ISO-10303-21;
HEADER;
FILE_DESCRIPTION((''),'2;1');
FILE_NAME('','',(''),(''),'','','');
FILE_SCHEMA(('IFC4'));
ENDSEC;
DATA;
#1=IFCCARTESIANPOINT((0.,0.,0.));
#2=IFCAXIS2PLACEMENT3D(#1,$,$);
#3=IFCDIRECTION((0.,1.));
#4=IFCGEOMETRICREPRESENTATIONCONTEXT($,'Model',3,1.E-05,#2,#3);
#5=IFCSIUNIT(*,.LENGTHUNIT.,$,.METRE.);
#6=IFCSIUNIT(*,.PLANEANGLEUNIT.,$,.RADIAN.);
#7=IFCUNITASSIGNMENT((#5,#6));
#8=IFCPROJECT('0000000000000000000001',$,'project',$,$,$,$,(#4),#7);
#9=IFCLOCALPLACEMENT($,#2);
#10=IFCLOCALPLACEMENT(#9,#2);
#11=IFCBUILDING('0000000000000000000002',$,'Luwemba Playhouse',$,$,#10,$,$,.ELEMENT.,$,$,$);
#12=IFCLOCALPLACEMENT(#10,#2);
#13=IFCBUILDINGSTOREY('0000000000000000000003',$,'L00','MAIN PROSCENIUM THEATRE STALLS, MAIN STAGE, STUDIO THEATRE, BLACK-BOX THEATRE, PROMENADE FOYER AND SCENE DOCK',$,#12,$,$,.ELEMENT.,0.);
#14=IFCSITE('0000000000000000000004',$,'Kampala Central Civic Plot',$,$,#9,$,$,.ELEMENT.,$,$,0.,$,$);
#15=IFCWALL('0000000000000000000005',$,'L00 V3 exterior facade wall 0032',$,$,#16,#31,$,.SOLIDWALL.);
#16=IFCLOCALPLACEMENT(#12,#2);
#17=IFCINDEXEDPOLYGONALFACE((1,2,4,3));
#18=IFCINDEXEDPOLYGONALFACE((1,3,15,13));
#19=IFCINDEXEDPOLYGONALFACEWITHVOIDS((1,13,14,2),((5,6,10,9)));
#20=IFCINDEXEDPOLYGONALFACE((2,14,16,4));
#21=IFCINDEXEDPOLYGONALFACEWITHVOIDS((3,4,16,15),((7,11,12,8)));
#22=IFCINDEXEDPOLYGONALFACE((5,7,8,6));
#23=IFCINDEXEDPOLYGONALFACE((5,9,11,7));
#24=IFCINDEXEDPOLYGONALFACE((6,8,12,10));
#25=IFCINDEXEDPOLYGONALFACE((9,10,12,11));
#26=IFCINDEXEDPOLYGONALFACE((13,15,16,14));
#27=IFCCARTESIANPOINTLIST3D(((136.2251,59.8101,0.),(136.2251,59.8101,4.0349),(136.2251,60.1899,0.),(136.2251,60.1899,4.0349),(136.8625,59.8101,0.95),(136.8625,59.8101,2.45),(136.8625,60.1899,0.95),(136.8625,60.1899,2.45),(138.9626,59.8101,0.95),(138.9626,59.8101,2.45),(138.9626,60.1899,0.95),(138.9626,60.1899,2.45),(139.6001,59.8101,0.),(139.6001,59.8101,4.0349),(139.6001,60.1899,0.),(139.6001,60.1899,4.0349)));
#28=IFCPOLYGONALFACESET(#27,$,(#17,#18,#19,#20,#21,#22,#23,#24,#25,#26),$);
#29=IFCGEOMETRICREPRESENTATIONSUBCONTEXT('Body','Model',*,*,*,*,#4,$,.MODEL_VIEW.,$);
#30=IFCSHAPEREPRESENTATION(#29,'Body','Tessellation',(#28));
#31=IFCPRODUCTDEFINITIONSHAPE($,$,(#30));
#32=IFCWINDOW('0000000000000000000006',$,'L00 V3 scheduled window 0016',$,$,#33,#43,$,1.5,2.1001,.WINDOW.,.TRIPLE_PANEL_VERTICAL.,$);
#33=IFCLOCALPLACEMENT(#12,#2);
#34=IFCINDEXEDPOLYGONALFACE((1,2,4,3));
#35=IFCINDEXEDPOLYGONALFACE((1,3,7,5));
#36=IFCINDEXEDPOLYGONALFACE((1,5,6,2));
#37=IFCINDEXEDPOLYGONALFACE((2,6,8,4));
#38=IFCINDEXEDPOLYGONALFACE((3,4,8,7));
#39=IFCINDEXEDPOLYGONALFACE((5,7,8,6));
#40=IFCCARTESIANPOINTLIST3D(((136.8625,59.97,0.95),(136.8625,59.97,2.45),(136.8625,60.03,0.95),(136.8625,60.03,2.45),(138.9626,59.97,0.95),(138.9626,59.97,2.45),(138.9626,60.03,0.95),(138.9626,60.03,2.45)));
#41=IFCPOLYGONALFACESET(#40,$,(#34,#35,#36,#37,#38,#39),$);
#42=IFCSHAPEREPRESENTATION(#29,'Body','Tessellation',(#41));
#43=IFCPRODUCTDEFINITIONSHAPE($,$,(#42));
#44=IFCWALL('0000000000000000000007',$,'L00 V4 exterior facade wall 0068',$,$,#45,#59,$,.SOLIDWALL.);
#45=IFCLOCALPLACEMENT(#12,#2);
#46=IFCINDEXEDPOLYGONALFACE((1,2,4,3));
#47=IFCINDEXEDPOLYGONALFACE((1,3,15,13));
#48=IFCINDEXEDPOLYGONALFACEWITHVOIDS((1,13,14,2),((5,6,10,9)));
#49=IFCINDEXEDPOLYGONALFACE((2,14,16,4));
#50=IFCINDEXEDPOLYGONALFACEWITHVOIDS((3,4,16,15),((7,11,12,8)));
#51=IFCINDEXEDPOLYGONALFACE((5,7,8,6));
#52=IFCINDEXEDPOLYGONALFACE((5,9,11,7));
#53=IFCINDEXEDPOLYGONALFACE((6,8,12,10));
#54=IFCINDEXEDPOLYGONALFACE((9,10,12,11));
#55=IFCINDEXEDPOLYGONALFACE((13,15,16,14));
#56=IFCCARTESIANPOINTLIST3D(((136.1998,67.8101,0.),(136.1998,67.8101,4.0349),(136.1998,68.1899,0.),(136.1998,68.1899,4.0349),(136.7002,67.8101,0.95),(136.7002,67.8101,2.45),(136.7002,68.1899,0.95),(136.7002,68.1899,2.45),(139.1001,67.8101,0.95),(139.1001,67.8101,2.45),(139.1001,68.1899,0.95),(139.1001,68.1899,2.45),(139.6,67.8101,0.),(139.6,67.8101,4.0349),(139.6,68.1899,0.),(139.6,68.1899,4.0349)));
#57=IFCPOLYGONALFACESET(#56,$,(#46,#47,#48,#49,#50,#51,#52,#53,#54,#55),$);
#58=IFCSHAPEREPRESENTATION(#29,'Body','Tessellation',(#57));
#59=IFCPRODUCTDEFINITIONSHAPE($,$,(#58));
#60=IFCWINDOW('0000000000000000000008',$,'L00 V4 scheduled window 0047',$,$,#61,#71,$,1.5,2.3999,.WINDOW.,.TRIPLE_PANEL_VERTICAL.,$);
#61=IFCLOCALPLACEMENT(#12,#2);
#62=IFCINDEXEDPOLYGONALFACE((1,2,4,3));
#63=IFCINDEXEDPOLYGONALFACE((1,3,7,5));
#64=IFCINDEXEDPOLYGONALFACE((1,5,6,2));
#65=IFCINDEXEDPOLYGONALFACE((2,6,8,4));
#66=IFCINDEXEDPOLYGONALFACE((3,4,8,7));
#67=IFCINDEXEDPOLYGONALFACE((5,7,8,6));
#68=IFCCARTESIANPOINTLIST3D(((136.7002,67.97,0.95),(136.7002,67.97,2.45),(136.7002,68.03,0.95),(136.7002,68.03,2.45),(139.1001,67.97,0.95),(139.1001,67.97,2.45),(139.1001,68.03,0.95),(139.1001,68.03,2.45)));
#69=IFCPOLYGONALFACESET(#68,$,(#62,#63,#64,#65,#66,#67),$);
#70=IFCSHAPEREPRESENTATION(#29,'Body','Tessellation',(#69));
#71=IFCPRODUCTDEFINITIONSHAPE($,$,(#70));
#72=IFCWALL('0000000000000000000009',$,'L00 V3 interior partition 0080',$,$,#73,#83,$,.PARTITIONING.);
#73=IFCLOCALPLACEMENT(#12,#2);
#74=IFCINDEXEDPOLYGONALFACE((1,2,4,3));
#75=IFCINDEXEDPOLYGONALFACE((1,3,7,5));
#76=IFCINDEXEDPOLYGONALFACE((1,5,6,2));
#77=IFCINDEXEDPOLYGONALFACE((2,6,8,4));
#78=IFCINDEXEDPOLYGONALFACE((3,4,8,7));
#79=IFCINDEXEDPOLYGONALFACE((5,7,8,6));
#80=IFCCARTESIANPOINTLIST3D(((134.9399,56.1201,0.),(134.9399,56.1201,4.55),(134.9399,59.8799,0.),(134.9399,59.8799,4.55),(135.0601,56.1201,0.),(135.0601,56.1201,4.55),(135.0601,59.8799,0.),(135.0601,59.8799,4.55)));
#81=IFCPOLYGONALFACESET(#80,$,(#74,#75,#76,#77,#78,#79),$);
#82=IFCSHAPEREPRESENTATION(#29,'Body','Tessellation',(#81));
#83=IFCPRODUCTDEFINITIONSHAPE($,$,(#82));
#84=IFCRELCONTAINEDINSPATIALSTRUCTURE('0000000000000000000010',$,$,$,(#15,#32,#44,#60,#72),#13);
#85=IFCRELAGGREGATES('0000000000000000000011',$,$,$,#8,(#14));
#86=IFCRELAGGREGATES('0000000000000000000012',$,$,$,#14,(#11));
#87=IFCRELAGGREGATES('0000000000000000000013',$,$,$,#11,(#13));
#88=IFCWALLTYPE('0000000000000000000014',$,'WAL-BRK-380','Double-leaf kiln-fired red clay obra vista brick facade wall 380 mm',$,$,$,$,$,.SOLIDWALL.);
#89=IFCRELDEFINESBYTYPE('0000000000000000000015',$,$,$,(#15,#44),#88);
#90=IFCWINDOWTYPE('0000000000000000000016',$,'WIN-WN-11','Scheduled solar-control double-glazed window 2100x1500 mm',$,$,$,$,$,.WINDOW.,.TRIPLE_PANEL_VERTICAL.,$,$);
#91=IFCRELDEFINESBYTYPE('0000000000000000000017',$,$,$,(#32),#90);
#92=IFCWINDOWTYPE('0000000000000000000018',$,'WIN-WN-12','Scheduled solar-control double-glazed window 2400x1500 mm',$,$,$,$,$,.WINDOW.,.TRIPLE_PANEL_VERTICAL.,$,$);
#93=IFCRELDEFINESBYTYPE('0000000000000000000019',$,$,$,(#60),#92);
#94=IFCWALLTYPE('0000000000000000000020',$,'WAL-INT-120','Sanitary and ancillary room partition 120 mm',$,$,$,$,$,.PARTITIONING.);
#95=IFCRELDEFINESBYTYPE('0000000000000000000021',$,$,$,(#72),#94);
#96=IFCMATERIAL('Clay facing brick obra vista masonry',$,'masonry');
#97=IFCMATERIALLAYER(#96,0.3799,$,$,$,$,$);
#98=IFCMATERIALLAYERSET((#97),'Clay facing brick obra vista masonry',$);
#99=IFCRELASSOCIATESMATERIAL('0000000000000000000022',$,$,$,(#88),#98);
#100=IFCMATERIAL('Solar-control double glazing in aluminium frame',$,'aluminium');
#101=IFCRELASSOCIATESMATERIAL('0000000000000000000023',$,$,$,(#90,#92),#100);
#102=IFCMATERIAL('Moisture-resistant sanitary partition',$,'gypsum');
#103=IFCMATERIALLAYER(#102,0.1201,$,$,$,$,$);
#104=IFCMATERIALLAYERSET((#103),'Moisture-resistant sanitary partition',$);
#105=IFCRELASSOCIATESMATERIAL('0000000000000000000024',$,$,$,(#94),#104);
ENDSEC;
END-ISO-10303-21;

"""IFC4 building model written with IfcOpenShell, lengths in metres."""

from ifc_helpers import new_model, si_unit, direction, frame, frame_2d, origin, place, context, subcontext, project, spatial, rectangle, extrude, material, layer, layer_set, type_object, element, fill, save


model = new_model("IFC4")

# Units and contexts
model_context = context("Model", 3, precision=1e-05, world=origin(), true_north=direction((0.0, 1.0)))
body_context = subcontext(model_context, "Body", "Model", "MODEL_VIEW")
ifc_project = project(units=[si_unit("LENGTHUNIT", "METRE"), si_unit("PLANEANGLEUNIT", "RADIAN")], contexts=[model_context])

# Site, building, storey
site_placement = place(None, origin())
site = spatial("IfcSite", under=ifc_project, at=site_placement, Name="Kampala Central Civic Plot", CompositionType="ELEMENT", RefElevation=0.0)
building_placement = place(site_placement, origin())
building = spatial("IfcBuilding", under=site, at=building_placement, Name="Luwemba Playhouse", CompositionType="ELEMENT")
storey_placement = place(building_placement, origin())
storey = spatial("IfcBuildingStorey", under=building, at=storey_placement, Name="L00", Description="MAIN PROSCENIUM THEATRE STALLS, MAIN STAGE, STUDIO THEATRE, BLACK-BOX THEATRE, PROMENADE FOYER AND SCENE DOCK", CompositionType="ELEMENT", Elevation=0.0)

# Walls, openings, windows
ifc_material_1 = material(Name="Clay facing brick obra vista masonry", Category="masonry")
ifc_layer_1 = layer(ifc_material_1, 0.3799)
ifc_layer_set_1 = layer_set([ifc_layer_1], Name="Clay facing brick obra vista masonry")
wall_type_1 = type_object("IfcWallType", Name="WAL-BRK-380", Description="Double-leaf kiln-fired red clay obra vista brick facade wall 380 mm", PredefinedType="SOLIDWALL", material=ifc_layer_set_1)
ifc_material_2 = material(Name="Solar-control double glazing in aluminium frame", Category="aluminium")
wall_1_placement = place(storey_placement, frame((136.2251, 60.0, 0.0), z_axis=(0.0, 0.0, 1.0), x_axis=(1.0, 0.0, 0.0)))
wall_1 = element("IfcWall", 1, at=wall_1_placement, inside=storey, type_object=wall_type_1, Name="L00 V3 exterior facade wall 0032", PredefinedType="SOLIDWALL", context=body_context, shape_type="SweptSolid", body=[
    extrude(rectangle(XDim=3.375, YDim=0.3799, at=frame_2d((1.6875, 0.0))), origin(), (0.0, 0.0, 1.0), 4.0349),
])
opening_1_placement = place(wall_1_placement, frame((0.6375, 0.0, 0.95)))
opening_1 = element("IfcOpeningElement", 2, at=opening_1_placement, cuts=wall_1, PredefinedType="OPENING", context=body_context, shape_type="SweptSolid", body=[
    extrude(rectangle(XDim=2.1001, YDim=1.5, at=frame_2d((1.05, 0.75))), frame((0.0, 0.2, 0.0), z_axis=(0.0, -1.0, 0.0), x_axis=(1.0, 0.0, 0.0)), (0.0, 0.0, 1.0), 0.3999),
])
window_type_1 = type_object("IfcWindowType", Name="WIN-WN-11", Description="Scheduled solar-control double-glazed window 2100x1500 mm", PartitioningType="TRIPLE_PANEL_VERTICAL", PredefinedType="WINDOW", material=ifc_material_2)
window_1_placement = place(opening_1_placement, origin())
window_1 = element("IfcWindow", 3, at=window_1_placement, inside=storey, type_object=window_type_1, Name="L00 V3 scheduled window 0016", OverallHeight=1.5, OverallWidth=2.1001, PartitioningType="TRIPLE_PANEL_VERTICAL", PredefinedType="WINDOW", context=body_context, shape_type="SweptSolid", body=[
    extrude(rectangle(XDim=2.1001, YDim=1.5, at=frame_2d((1.05, 0.75))), frame((0.0, 0.03, 0.0), z_axis=(0.0, -1.0, 0.0), x_axis=(1.0, 0.0, 0.0)), (0.0, 0.0, 1.0), 0.0601),
])
fill(opening_1, window_1)
wall_2_placement = place(storey_placement, frame((139.6001, 68.0, 0.0), z_axis=(0.0, 0.0, 1.0), x_axis=(-1.0, 0.0, 0.0)))
wall_2 = element("IfcWall", 4, at=wall_2_placement, inside=storey, type_object=wall_type_1, Name="L00 V4 exterior facade wall 0068", PredefinedType="SOLIDWALL", context=body_context, shape_type="SweptSolid", body=[
    extrude(rectangle(XDim=3.4001, YDim=0.3799, at=frame_2d((1.7002, 0.0))), origin(), (0.0, 0.0, 1.0), 4.0349),
])
opening_2_placement = place(wall_2_placement, frame((0.5, 0.0, 0.95)))
opening_2 = element("IfcOpeningElement", 5, at=opening_2_placement, cuts=wall_2, PredefinedType="OPENING", context=body_context, shape_type="SweptSolid", body=[
    extrude(rectangle(XDim=2.3999, YDim=1.5, at=frame_2d((1.2, 0.75))), frame((0.0, 0.2, 0.0), z_axis=(0.0, -1.0, 0.0), x_axis=(1.0, 0.0, 0.0)), (0.0, 0.0, 1.0), 0.3999),
])
window_type_2 = type_object("IfcWindowType", Name="WIN-WN-12", Description="Scheduled solar-control double-glazed window 2400x1500 mm", PartitioningType="TRIPLE_PANEL_VERTICAL", PredefinedType="WINDOW", material=ifc_material_2)
window_2_placement = place(opening_2_placement, origin())
window_2 = element("IfcWindow", 6, at=window_2_placement, inside=storey, type_object=window_type_2, Name="L00 V4 scheduled window 0047", OverallHeight=1.5, OverallWidth=2.3999, PartitioningType="TRIPLE_PANEL_VERTICAL", PredefinedType="WINDOW", context=body_context, shape_type="SweptSolid", body=[
    extrude(rectangle(XDim=2.3999, YDim=1.5, at=frame_2d((1.2, 0.75))), frame((0.0, 0.03, 0.0), z_axis=(0.0, -1.0, 0.0), x_axis=(1.0, 0.0, 0.0)), (0.0, 0.0, 1.0), 0.0601),
])
fill(opening_2, window_2)

# Wall
ifc_material_3 = material(Name="Moisture-resistant sanitary partition", Category="gypsum")
ifc_layer_2 = layer(ifc_material_3, 0.1201)
ifc_layer_set_2 = layer_set([ifc_layer_2], Name="Moisture-resistant sanitary partition")
wall_type_2 = type_object("IfcWallType", Name="WAL-INT-120", Description="Sanitary and ancillary room partition 120 mm", PredefinedType="PARTITIONING", material=ifc_layer_set_2)
wall_3_placement = place(storey_placement, frame((135.0, 56.1201, 0.0), z_axis=(0.0, 0.0, 1.0), x_axis=(0.0, 1.0, 0.0)))
element("IfcWall", 7, at=wall_3_placement, inside=storey, type_object=wall_type_2, Name="L00 V3 interior partition 0080", PredefinedType="PARTITIONING", context=body_context, shape_type="SweptSolid", body=[
    extrude(rectangle(XDim=3.7598, YDim=0.1201, at=frame_2d((1.8799, 0.0))), origin(), (0.0, 0.0, 1.0), 4.55),
])

save(model, "model.ifc")
